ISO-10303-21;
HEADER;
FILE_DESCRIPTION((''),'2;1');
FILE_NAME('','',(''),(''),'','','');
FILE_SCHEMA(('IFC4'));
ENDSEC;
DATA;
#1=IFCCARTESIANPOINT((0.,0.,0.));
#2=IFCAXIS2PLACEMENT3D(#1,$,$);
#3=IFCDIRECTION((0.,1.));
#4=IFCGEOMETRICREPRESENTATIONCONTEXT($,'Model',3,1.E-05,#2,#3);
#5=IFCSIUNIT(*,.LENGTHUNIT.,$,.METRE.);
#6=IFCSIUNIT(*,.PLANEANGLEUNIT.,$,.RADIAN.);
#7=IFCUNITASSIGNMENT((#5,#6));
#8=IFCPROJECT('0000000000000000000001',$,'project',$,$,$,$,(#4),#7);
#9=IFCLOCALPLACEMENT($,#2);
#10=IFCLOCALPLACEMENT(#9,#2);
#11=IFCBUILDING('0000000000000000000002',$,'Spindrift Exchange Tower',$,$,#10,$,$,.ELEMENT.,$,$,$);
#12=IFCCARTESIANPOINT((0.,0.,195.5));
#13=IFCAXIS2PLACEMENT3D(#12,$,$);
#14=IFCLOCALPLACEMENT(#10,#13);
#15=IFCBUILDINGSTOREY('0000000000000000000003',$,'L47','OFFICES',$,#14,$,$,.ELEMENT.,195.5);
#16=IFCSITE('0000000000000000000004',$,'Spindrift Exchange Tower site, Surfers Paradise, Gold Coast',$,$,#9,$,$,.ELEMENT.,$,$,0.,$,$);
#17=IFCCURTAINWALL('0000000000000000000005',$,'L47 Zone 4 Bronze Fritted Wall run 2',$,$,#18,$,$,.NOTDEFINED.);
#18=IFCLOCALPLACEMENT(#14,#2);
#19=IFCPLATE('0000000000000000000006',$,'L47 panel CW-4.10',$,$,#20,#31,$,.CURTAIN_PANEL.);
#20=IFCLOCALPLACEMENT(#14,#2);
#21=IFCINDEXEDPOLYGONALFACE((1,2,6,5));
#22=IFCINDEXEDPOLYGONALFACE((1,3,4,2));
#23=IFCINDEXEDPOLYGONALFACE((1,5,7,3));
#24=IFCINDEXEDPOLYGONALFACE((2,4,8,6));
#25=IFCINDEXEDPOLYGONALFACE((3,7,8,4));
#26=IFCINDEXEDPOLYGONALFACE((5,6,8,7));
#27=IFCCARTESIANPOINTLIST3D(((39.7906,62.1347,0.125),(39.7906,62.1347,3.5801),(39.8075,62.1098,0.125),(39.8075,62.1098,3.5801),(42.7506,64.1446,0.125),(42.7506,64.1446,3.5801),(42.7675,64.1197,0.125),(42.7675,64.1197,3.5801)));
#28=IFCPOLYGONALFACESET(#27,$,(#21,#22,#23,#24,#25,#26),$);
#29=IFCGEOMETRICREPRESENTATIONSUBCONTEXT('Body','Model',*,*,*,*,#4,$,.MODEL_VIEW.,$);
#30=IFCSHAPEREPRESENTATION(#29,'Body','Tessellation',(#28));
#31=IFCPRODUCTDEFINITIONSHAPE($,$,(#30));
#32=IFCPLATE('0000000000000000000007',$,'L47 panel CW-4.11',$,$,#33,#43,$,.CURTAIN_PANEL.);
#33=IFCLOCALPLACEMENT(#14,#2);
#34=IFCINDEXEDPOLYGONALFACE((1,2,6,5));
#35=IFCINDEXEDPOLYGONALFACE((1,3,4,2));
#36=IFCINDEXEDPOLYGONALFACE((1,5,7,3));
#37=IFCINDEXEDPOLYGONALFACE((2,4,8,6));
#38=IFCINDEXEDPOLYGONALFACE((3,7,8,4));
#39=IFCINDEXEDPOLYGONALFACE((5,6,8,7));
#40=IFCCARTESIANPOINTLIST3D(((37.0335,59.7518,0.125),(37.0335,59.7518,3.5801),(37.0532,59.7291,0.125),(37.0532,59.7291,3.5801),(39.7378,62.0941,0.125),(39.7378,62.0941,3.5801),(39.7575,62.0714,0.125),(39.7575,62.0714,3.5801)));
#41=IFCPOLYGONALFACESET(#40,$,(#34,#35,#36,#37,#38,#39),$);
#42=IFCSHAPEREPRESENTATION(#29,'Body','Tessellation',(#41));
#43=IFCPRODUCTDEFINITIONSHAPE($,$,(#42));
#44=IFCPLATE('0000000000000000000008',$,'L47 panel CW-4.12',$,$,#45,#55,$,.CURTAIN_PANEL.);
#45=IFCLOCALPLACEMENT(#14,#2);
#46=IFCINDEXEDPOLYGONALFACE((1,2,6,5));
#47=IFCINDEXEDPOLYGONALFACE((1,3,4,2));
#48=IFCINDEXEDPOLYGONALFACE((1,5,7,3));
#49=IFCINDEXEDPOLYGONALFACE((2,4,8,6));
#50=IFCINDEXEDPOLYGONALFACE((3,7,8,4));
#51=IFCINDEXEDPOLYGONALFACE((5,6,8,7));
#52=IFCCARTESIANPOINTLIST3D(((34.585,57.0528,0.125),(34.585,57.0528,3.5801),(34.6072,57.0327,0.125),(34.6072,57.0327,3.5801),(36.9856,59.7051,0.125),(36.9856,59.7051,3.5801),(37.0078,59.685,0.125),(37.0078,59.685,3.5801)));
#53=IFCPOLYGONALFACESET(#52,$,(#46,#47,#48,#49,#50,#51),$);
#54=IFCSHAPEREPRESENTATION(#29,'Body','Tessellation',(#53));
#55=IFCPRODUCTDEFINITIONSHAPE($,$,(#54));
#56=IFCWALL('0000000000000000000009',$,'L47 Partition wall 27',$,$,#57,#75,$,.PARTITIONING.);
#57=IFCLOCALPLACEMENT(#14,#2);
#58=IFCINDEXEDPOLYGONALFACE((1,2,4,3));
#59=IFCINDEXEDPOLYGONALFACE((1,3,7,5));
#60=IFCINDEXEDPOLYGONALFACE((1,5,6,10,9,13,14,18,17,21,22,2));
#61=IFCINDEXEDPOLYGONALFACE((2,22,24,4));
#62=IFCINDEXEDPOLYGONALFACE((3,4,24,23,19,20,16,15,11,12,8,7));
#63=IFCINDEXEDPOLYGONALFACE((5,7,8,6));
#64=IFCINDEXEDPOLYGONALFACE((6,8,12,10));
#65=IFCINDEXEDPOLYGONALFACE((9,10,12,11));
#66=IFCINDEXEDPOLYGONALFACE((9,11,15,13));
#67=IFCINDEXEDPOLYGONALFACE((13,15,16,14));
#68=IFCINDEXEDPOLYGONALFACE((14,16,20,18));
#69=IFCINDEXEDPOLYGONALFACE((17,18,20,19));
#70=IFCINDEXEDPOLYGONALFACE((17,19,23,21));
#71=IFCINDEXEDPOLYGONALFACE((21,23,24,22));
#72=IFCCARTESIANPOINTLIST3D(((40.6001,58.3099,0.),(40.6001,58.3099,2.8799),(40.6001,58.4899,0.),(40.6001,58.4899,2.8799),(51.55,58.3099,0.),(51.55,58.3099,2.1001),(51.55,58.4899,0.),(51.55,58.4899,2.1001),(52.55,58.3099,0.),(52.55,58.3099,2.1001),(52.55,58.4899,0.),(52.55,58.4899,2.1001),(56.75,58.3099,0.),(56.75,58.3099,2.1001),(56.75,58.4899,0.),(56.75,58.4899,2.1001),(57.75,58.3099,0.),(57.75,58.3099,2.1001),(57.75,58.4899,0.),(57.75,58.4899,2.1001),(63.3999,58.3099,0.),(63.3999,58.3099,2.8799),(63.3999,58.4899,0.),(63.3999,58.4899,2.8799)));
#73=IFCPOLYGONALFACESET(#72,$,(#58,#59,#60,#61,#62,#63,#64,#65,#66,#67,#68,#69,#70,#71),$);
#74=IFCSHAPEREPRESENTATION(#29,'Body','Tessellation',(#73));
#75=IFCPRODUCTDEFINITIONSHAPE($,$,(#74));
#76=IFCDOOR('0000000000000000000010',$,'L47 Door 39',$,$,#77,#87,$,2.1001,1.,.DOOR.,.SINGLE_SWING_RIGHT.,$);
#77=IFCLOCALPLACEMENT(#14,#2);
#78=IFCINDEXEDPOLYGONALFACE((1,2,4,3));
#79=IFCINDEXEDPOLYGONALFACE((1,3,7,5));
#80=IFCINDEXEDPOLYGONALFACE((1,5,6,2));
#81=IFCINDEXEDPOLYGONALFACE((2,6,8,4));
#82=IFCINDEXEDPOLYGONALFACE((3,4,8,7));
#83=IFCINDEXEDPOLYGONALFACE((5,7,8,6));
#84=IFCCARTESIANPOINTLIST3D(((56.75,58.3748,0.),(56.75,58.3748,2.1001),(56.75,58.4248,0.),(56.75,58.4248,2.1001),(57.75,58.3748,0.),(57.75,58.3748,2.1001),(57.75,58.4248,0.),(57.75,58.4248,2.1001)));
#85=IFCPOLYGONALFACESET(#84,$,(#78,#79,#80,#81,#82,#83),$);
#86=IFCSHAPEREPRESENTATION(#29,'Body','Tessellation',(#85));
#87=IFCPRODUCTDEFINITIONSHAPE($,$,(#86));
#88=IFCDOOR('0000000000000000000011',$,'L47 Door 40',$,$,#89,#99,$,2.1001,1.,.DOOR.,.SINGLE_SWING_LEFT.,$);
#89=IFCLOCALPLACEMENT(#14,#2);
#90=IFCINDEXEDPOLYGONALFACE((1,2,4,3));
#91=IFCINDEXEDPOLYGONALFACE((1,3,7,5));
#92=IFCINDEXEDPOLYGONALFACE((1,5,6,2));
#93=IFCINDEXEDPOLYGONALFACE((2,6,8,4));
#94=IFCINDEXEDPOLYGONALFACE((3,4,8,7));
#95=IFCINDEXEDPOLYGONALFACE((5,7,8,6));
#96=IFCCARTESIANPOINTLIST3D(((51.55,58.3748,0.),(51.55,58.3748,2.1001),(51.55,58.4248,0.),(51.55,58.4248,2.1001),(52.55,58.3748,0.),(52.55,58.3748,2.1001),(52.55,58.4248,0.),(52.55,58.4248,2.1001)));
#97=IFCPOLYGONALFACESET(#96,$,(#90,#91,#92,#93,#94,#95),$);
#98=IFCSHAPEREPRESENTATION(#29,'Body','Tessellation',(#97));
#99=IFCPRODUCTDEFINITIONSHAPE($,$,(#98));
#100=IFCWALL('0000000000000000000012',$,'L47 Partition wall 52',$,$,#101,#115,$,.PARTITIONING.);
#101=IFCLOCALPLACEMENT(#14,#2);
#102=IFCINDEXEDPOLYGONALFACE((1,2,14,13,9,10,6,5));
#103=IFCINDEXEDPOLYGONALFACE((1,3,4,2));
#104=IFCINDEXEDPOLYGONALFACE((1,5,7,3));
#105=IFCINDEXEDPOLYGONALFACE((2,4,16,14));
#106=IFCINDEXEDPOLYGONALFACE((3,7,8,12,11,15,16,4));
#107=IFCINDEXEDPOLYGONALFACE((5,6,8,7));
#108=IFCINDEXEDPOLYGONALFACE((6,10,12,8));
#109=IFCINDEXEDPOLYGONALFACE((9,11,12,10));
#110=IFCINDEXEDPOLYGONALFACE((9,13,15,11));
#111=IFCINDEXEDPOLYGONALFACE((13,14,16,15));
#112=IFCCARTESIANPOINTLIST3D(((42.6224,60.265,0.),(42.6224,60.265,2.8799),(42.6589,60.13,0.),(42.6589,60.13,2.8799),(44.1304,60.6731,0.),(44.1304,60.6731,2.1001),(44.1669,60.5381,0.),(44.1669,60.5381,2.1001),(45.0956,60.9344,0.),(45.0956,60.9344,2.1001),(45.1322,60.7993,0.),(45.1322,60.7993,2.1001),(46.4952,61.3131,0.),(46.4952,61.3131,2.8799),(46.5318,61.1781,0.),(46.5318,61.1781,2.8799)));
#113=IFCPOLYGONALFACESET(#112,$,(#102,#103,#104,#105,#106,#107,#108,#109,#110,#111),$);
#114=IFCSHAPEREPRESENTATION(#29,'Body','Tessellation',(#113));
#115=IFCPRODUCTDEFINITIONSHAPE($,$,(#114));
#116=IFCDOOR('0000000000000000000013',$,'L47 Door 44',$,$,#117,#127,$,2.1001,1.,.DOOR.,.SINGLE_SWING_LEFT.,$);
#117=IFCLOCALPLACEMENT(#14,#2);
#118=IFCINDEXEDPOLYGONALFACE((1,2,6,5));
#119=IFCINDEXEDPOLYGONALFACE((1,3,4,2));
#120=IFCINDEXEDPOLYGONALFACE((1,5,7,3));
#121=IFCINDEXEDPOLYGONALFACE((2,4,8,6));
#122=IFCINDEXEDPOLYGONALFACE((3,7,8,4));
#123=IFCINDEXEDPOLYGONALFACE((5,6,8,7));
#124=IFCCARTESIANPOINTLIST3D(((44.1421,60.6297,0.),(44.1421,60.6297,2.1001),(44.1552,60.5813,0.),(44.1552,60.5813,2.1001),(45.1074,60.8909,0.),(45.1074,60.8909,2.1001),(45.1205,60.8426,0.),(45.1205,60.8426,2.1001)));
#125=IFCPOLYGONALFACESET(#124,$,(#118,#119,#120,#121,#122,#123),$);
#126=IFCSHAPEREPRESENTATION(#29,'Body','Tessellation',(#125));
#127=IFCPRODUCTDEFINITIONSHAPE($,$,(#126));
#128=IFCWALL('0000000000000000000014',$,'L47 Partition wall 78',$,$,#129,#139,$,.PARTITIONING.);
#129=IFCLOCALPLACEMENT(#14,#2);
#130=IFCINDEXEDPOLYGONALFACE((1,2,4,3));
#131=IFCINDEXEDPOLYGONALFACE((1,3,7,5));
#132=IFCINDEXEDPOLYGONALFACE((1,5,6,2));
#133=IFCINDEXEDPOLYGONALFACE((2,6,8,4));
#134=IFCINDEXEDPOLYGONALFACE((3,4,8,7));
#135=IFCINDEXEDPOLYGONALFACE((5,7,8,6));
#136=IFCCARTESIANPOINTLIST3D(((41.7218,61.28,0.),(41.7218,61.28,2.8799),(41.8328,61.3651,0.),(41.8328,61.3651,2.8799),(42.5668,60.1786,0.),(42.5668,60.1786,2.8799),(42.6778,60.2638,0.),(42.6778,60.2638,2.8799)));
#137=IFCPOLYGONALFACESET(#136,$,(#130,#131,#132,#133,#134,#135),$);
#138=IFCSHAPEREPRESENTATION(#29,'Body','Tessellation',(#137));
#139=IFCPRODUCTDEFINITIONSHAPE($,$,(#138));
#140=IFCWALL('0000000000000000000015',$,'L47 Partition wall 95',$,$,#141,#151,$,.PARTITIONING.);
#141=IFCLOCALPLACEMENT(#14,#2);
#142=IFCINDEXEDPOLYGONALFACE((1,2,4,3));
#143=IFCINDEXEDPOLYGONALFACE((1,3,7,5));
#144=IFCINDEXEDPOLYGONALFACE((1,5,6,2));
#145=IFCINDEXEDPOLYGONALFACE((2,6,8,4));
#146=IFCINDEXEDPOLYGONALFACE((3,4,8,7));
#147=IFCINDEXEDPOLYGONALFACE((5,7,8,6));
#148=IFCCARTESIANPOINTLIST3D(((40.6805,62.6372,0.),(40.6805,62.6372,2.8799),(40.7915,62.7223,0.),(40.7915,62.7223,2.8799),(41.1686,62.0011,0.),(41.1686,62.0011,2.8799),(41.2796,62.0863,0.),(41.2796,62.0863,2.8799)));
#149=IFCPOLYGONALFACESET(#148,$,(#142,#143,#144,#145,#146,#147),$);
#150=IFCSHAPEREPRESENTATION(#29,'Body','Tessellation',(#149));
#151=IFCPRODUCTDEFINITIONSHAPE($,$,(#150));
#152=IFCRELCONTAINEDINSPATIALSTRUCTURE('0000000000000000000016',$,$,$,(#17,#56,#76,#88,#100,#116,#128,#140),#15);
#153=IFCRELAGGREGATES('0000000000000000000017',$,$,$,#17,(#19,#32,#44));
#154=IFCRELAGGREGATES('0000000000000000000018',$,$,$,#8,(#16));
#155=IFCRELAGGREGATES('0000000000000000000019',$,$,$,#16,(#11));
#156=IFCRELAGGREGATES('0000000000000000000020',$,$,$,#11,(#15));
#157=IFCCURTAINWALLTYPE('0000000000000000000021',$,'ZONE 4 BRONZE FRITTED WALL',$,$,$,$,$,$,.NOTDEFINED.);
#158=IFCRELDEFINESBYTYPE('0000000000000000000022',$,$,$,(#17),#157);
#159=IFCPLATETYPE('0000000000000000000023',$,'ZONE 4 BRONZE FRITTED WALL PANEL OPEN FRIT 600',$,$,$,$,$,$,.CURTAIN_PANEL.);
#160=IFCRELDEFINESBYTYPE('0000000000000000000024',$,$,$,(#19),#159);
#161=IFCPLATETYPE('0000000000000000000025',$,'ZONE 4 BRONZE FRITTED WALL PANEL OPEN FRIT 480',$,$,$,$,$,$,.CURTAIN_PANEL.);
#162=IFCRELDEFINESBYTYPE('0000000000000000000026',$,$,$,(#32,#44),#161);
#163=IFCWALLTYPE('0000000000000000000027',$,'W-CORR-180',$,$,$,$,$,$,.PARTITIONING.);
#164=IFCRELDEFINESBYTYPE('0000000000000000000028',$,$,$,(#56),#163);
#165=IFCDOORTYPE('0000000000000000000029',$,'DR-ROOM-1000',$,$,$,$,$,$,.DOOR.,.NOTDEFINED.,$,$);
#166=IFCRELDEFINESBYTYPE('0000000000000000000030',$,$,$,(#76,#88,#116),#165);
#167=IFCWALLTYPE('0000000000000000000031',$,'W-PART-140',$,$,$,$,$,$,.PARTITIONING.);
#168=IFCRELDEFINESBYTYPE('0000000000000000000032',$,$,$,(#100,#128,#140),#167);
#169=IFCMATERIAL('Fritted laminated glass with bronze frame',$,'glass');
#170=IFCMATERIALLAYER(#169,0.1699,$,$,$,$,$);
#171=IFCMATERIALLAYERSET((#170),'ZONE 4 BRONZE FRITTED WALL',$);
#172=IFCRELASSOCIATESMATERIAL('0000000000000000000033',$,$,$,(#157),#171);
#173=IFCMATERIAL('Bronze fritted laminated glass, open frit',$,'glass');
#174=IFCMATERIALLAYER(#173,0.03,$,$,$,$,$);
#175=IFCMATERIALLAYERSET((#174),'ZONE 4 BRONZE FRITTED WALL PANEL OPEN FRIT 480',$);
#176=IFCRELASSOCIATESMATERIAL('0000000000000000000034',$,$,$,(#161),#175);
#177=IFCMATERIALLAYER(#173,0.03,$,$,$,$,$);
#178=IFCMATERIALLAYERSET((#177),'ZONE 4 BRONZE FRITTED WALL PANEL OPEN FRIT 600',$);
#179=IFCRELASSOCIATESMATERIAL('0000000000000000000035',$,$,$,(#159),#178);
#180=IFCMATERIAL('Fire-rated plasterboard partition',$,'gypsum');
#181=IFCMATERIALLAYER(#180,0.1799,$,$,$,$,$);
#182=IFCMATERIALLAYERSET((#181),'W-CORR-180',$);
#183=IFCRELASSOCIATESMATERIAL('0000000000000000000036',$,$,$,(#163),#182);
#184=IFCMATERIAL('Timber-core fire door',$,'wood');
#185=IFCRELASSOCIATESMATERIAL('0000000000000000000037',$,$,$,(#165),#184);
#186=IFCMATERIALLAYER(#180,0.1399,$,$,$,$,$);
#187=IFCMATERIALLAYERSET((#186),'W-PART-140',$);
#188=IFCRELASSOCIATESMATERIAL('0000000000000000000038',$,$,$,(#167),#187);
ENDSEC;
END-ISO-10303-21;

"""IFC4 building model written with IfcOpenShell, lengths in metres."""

from ifc_helpers import new_model, si_unit, direction, frame, frame_2d, origin, origin_2d, place, context, subcontext, project, spatial, rectangle, extrude, source, transform, mapped, material, layer, layer_set, type_object, element, fill, aggregate, save


model = new_model("IFC4")

# Units and contexts
model_context = context("Model", 3, precision=1e-05, world=origin(), true_north=direction((0.0, 1.0)))
body_context = subcontext(model_context, "Body", "Model", "MODEL_VIEW")
ifc_project = project(units=[si_unit("LENGTHUNIT", "METRE"), si_unit("PLANEANGLEUNIT", "RADIAN")], contexts=[model_context])

# Site, building, storey
site_placement = place(None, origin())
site = spatial("IfcSite", under=ifc_project, at=site_placement, Name="Spindrift Exchange Tower site, Surfers Paradise, Gold Coast", CompositionType="ELEMENT", RefElevation=0.0)
building_placement = place(site_placement, origin())
building = spatial("IfcBuilding", under=site, at=building_placement, Name="Spindrift Exchange Tower", CompositionType="ELEMENT")
storey_placement = place(building_placement, frame((0.0, 0.0, 195.5)))
storey = spatial("IfcBuildingStorey", under=building, at=storey_placement, Name="L47", Description="OFFICES", CompositionType="ELEMENT", Elevation=195.5)

# Curtain wall
ifc_material_1 = material(Name="Fritted laminated glass with bronze frame", Category="glass")
ifc_layer_1 = layer(ifc_material_1, 0.1699)
ifc_layer_set_1 = layer_set([ifc_layer_1], Name="ZONE 4 BRONZE FRITTED WALL")
curtain_wall_type = type_object("IfcCurtainWallType", Name="ZONE 4 BRONZE FRITTED WALL", PredefinedType="NOTDEFINED", material=ifc_layer_set_1)
curtain_wall_1_placement = place(storey_placement, origin())
curtain_wall_1 = element("IfcCurtainWall", 1, at=curtain_wall_1_placement, inside=storey, type_object=curtain_wall_type, Name="L47 Zone 4 Bronze Fritted Wall run 2", PredefinedType="NOTDEFINED")

# Plates
ifc_material_2 = material(Name="Bronze fritted laminated glass, open frit", Category="glass")
ifc_layer_2 = layer(ifc_material_2, 0.03)
ifc_layer_set_2 = layer_set([ifc_layer_2], Name="ZONE 4 BRONZE FRITTED WALL PANEL OPEN FRIT 480")
plate_type_1 = type_object("IfcPlateType", Name="ZONE 4 BRONZE FRITTED WALL PANEL OPEN FRIT 480", PredefinedType="CURTAIN_PANEL", material=ifc_layer_set_2)
ifc_layer_3 = layer(ifc_material_2, 0.03)
ifc_layer_set_3 = layer_set([ifc_layer_3], Name="ZONE 4 BRONZE FRITTED WALL PANEL OPEN FRIT 600")
plate_type_2 = type_object("IfcPlateType", Name="ZONE 4 BRONZE FRITTED WALL PANEL OPEN FRIT 600", PredefinedType="CURTAIN_PANEL", material=ifc_layer_set_3)
shared_shape_1 = source(origin(), body_context, "Body", "SweptSolid", [
    extrude(rectangle(XDim=3.5779, YDim=0.03, at=origin_2d()), origin(), (0.0, 0.0, 1.0), 3.4551),
])
plate_1_placement = place(storey_placement, frame((41.2791, 63.1272, 0.125), z_axis=(0.0, 0.0, 1.0), x_axis=(-0.827298, -0.561763, 0.0)))
plate_1 = element("IfcPlate", 2, at=plate_1_placement, type_object=plate_type_2, Name="L47 panel CW-4.10", PredefinedType="CURTAIN_PANEL", context=body_context, shape_type="MappedRepresentation", body=[
    mapped(shared_shape_1, transform((0.0, 0.0, 0.0), scale=1.0)),
])
shared_shape_2 = source(origin(), body_context, "Body", "SweptSolid", [
    extrude(rectangle(XDim=3.5776, YDim=0.03, at=origin_2d()), origin(), (0.0, 0.0, 1.0), 3.4551),
])
plate_2_placement = place(storey_placement, frame((38.3955, 60.9116, 0.125), z_axis=(0.0, 0.0, 1.0), x_axis=(-0.755888, -0.654701, 0.0)))
plate_2 = element("IfcPlate", 3, at=plate_2_placement, type_object=plate_type_1, Name="L47 panel CW-4.11", PredefinedType="CURTAIN_PANEL", context=body_context, shape_type="MappedRepresentation", body=[
    mapped(shared_shape_2, transform((0.0, 0.0, 0.0), scale=1.0)),
])
shared_shape_3 = source(origin(), body_context, "Body", "SweptSolid", [
    extrude(rectangle(XDim=3.5774, YDim=0.03, at=origin_2d()), origin(), (0.0, 0.0, 1.0), 3.4551),
])
plate_3_placement = place(storey_placement, frame((35.7964, 58.3689, 0.125), z_axis=(0.0, 0.0, 1.0), x_axis=(-0.671049, -0.741413, 0.0)))
plate_3 = element("IfcPlate", 4, at=plate_3_placement, type_object=plate_type_1, Name="L47 panel CW-4.12", PredefinedType="CURTAIN_PANEL", context=body_context, shape_type="MappedRepresentation", body=[
    mapped(shared_shape_3, transform((0.0, 0.0, 0.0), scale=1.0)),
])
aggregate(curtain_wall_1, [plate_1, plate_2, plate_3])

# Wall, openings, doors
ifc_material_3 = material(Name="Fire-rated plasterboard partition", Category="gypsum")
ifc_layer_4 = layer(ifc_material_3, 0.1799)
ifc_layer_set_4 = layer_set([ifc_layer_4], Name="W-CORR-180")
wall_type_1 = type_object("IfcWallType", Name="W-CORR-180", PredefinedType="PARTITIONING", material=ifc_layer_set_4)
wall_1_placement = place(storey_placement, frame((40.6001, 58.3999, 0.0), z_axis=(0.0, 0.0, 1.0), x_axis=(1.0, 0.0, 0.0)))
wall_1 = element("IfcWall", 5, at=wall_1_placement, inside=storey, type_object=wall_type_1, Name="L47 Partition wall 27", PredefinedType="PARTITIONING", context=body_context, shape_type="SweptSolid", body=[
    extrude(rectangle(XDim=22.7998, YDim=0.1799, at=frame_2d((11.3999, 0.0))), origin(), (0.0, 0.0, 1.0), 2.8799),
])
opening_1_placement = place(wall_1_placement, frame((16.1499, 0.0, 0.0)))
opening_1 = element("IfcOpeningElement", 6, at=opening_1_placement, cuts=wall_1, PredefinedType="OPENING", context=body_context, shape_type="SweptSolid", body=[
    extrude(rectangle(XDim=1.0, YDim=2.1001, at=frame_2d((0.5, 1.05))), frame((0.0, 0.0999, 0.0), z_axis=(0.0, -1.0, 0.0), x_axis=(1.0, 0.0, 0.0)), (0.0, 0.0, 1.0), 0.2),
])
opening_2_placement = place(wall_1_placement, frame((10.95, 0.0, 0.0)))
opening_2 = element("IfcOpeningElement", 7, at=opening_2_placement, cuts=wall_1, PredefinedType="OPENING", context=body_context, shape_type="SweptSolid", body=[
    extrude(rectangle(XDim=1.0, YDim=2.1001, at=frame_2d((0.5, 1.05))), frame((0.0, 0.0999, 0.0), z_axis=(0.0, -1.0, 0.0), x_axis=(1.0, 0.0, 0.0)), (0.0, 0.0, 1.0), 0.2),
])
ifc_material_4 = material(Name="Timber-core fire door", Category="wood")
door_type = type_object("IfcDoorType", Name="DR-ROOM-1000", OperationType="NOTDEFINED", PredefinedType="DOOR", material=ifc_material_4)
shared_shape_4 = source(origin(), body_context, "Body", "SweptSolid", [
    extrude(rectangle(XDim=1.0, YDim=2.1001, at=frame_2d((0.5, 1.05))), frame((0.0, 0.0249, 0.0), z_axis=(0.0, -1.0, 0.0), x_axis=(1.0, 0.0, 0.0)), (0.0, 0.0, 1.0), 0.05),
])
door_1_placement = place(opening_1_placement, origin())
door_1 = element("IfcDoor", 8, at=door_1_placement, inside=storey, type_object=door_type, Name="L47 Door 39", OperationType="SINGLE_SWING_RIGHT", OverallHeight=2.1001, OverallWidth=1.0, PredefinedType="DOOR", context=body_context, shape_type="MappedRepresentation", body=[
    mapped(shared_shape_4, transform((0.0, 0.0, 0.0), scale=1.0)),
])
fill(opening_1, door_1)
door_2_placement = place(opening_2_placement, origin())
door_2 = element("IfcDoor", 9, at=door_2_placement, inside=storey, type_object=door_type, Name="L47 Door 40", OperationType="SINGLE_SWING_LEFT", OverallHeight=2.1001, OverallWidth=1.0, PredefinedType="DOOR", context=body_context, shape_type="MappedRepresentation", body=[
    mapped(shared_shape_4, transform((0.0, 0.0, 0.0), scale=1.0)),
])
fill(opening_2, door_2)

# Wall, opening, door
ifc_layer_5 = layer(ifc_material_3, 0.1399)
ifc_layer_set_5 = layer_set([ifc_layer_5], Name="W-PART-140")
wall_type_2 = type_object("IfcWallType", Name="W-PART-140", PredefinedType="PARTITIONING", material=ifc_layer_set_5)
wall_2_placement = place(storey_placement, frame((42.6406, 60.1975, 0.0), z_axis=(0.0, 0.0, 1.0), x_axis=(0.965276, 0.261232, 0.0)))
wall_2 = element("IfcWall", 10, at=wall_2_placement, inside=storey, type_object=wall_type_2, Name="L47 Partition wall 52", PredefinedType="PARTITIONING", context=body_context, shape_type="SweptSolid", body=[
    extrude(rectangle(XDim=4.0122, YDim=0.1399, at=frame_2d((2.0061, 0.0))), origin(), (0.0, 0.0, 1.0), 2.8799),
])
opening_3_placement = place(wall_2_placement, frame((1.5623, 0.0, 0.0)))
opening_3 = element("IfcOpeningElement", 11, at=opening_3_placement, cuts=wall_2, PredefinedType="OPENING", context=body_context, shape_type="SweptSolid", body=[
    extrude(rectangle(XDim=1.0, YDim=2.1001, at=frame_2d((0.5, 1.05))), frame((0.0, 0.0798, 0.0), z_axis=(0.0, -1.0, 0.0), x_axis=(1.0, 0.0, 0.0)), (0.0, 0.0, 1.0), 0.1599),
])
door_3_placement = place(opening_3_placement, origin())
door_3 = element("IfcDoor", 12, at=door_3_placement, inside=storey, type_object=door_type, Name="L47 Door 44", OperationType="SINGLE_SWING_LEFT", OverallHeight=2.1001, OverallWidth=1.0, PredefinedType="DOOR", context=body_context, shape_type="MappedRepresentation", body=[
    mapped(shared_shape_4, transform((0.0, 0.0, 0.0), scale=1.0)),
])
fill(opening_3, door_3)

# Walls
wall_3_placement = place(storey_placement, frame((42.6223, 60.2212, 0.0), z_axis=(0.0, 0.0, 1.0), x_axis=(-0.608716, 0.793388, 0.0)))
element("IfcWall", 13, at=wall_3_placement, inside=storey, type_object=wall_type_2, Name="L47 Partition wall 78", PredefinedType="PARTITIONING", context=body_context, shape_type="SweptSolid", body=[
    extrude(rectangle(XDim=1.3882, YDim=0.1399, at=frame_2d((0.6941, 0.0))), origin(), (0.0, 0.0, 1.0), 2.8799),
])
wall_4_placement = place(storey_placement, frame((41.2241, 62.0437, 0.0), z_axis=(0.0, 0.0, 1.0), x_axis=(-0.608783, 0.793337, 0.0)))
element("IfcWall", 14, at=wall_4_placement, inside=storey, type_object=wall_type_2, Name="L47 Partition wall 95", PredefinedType="PARTITIONING", context=body_context, shape_type="SweptSolid", body=[
    extrude(rectangle(XDim=0.8018, YDim=0.1399, at=frame_2d((0.4009, 0.0))), origin(), (0.0, 0.0, 1.0), 2.8799),
])

save(model, "model.ifc")
